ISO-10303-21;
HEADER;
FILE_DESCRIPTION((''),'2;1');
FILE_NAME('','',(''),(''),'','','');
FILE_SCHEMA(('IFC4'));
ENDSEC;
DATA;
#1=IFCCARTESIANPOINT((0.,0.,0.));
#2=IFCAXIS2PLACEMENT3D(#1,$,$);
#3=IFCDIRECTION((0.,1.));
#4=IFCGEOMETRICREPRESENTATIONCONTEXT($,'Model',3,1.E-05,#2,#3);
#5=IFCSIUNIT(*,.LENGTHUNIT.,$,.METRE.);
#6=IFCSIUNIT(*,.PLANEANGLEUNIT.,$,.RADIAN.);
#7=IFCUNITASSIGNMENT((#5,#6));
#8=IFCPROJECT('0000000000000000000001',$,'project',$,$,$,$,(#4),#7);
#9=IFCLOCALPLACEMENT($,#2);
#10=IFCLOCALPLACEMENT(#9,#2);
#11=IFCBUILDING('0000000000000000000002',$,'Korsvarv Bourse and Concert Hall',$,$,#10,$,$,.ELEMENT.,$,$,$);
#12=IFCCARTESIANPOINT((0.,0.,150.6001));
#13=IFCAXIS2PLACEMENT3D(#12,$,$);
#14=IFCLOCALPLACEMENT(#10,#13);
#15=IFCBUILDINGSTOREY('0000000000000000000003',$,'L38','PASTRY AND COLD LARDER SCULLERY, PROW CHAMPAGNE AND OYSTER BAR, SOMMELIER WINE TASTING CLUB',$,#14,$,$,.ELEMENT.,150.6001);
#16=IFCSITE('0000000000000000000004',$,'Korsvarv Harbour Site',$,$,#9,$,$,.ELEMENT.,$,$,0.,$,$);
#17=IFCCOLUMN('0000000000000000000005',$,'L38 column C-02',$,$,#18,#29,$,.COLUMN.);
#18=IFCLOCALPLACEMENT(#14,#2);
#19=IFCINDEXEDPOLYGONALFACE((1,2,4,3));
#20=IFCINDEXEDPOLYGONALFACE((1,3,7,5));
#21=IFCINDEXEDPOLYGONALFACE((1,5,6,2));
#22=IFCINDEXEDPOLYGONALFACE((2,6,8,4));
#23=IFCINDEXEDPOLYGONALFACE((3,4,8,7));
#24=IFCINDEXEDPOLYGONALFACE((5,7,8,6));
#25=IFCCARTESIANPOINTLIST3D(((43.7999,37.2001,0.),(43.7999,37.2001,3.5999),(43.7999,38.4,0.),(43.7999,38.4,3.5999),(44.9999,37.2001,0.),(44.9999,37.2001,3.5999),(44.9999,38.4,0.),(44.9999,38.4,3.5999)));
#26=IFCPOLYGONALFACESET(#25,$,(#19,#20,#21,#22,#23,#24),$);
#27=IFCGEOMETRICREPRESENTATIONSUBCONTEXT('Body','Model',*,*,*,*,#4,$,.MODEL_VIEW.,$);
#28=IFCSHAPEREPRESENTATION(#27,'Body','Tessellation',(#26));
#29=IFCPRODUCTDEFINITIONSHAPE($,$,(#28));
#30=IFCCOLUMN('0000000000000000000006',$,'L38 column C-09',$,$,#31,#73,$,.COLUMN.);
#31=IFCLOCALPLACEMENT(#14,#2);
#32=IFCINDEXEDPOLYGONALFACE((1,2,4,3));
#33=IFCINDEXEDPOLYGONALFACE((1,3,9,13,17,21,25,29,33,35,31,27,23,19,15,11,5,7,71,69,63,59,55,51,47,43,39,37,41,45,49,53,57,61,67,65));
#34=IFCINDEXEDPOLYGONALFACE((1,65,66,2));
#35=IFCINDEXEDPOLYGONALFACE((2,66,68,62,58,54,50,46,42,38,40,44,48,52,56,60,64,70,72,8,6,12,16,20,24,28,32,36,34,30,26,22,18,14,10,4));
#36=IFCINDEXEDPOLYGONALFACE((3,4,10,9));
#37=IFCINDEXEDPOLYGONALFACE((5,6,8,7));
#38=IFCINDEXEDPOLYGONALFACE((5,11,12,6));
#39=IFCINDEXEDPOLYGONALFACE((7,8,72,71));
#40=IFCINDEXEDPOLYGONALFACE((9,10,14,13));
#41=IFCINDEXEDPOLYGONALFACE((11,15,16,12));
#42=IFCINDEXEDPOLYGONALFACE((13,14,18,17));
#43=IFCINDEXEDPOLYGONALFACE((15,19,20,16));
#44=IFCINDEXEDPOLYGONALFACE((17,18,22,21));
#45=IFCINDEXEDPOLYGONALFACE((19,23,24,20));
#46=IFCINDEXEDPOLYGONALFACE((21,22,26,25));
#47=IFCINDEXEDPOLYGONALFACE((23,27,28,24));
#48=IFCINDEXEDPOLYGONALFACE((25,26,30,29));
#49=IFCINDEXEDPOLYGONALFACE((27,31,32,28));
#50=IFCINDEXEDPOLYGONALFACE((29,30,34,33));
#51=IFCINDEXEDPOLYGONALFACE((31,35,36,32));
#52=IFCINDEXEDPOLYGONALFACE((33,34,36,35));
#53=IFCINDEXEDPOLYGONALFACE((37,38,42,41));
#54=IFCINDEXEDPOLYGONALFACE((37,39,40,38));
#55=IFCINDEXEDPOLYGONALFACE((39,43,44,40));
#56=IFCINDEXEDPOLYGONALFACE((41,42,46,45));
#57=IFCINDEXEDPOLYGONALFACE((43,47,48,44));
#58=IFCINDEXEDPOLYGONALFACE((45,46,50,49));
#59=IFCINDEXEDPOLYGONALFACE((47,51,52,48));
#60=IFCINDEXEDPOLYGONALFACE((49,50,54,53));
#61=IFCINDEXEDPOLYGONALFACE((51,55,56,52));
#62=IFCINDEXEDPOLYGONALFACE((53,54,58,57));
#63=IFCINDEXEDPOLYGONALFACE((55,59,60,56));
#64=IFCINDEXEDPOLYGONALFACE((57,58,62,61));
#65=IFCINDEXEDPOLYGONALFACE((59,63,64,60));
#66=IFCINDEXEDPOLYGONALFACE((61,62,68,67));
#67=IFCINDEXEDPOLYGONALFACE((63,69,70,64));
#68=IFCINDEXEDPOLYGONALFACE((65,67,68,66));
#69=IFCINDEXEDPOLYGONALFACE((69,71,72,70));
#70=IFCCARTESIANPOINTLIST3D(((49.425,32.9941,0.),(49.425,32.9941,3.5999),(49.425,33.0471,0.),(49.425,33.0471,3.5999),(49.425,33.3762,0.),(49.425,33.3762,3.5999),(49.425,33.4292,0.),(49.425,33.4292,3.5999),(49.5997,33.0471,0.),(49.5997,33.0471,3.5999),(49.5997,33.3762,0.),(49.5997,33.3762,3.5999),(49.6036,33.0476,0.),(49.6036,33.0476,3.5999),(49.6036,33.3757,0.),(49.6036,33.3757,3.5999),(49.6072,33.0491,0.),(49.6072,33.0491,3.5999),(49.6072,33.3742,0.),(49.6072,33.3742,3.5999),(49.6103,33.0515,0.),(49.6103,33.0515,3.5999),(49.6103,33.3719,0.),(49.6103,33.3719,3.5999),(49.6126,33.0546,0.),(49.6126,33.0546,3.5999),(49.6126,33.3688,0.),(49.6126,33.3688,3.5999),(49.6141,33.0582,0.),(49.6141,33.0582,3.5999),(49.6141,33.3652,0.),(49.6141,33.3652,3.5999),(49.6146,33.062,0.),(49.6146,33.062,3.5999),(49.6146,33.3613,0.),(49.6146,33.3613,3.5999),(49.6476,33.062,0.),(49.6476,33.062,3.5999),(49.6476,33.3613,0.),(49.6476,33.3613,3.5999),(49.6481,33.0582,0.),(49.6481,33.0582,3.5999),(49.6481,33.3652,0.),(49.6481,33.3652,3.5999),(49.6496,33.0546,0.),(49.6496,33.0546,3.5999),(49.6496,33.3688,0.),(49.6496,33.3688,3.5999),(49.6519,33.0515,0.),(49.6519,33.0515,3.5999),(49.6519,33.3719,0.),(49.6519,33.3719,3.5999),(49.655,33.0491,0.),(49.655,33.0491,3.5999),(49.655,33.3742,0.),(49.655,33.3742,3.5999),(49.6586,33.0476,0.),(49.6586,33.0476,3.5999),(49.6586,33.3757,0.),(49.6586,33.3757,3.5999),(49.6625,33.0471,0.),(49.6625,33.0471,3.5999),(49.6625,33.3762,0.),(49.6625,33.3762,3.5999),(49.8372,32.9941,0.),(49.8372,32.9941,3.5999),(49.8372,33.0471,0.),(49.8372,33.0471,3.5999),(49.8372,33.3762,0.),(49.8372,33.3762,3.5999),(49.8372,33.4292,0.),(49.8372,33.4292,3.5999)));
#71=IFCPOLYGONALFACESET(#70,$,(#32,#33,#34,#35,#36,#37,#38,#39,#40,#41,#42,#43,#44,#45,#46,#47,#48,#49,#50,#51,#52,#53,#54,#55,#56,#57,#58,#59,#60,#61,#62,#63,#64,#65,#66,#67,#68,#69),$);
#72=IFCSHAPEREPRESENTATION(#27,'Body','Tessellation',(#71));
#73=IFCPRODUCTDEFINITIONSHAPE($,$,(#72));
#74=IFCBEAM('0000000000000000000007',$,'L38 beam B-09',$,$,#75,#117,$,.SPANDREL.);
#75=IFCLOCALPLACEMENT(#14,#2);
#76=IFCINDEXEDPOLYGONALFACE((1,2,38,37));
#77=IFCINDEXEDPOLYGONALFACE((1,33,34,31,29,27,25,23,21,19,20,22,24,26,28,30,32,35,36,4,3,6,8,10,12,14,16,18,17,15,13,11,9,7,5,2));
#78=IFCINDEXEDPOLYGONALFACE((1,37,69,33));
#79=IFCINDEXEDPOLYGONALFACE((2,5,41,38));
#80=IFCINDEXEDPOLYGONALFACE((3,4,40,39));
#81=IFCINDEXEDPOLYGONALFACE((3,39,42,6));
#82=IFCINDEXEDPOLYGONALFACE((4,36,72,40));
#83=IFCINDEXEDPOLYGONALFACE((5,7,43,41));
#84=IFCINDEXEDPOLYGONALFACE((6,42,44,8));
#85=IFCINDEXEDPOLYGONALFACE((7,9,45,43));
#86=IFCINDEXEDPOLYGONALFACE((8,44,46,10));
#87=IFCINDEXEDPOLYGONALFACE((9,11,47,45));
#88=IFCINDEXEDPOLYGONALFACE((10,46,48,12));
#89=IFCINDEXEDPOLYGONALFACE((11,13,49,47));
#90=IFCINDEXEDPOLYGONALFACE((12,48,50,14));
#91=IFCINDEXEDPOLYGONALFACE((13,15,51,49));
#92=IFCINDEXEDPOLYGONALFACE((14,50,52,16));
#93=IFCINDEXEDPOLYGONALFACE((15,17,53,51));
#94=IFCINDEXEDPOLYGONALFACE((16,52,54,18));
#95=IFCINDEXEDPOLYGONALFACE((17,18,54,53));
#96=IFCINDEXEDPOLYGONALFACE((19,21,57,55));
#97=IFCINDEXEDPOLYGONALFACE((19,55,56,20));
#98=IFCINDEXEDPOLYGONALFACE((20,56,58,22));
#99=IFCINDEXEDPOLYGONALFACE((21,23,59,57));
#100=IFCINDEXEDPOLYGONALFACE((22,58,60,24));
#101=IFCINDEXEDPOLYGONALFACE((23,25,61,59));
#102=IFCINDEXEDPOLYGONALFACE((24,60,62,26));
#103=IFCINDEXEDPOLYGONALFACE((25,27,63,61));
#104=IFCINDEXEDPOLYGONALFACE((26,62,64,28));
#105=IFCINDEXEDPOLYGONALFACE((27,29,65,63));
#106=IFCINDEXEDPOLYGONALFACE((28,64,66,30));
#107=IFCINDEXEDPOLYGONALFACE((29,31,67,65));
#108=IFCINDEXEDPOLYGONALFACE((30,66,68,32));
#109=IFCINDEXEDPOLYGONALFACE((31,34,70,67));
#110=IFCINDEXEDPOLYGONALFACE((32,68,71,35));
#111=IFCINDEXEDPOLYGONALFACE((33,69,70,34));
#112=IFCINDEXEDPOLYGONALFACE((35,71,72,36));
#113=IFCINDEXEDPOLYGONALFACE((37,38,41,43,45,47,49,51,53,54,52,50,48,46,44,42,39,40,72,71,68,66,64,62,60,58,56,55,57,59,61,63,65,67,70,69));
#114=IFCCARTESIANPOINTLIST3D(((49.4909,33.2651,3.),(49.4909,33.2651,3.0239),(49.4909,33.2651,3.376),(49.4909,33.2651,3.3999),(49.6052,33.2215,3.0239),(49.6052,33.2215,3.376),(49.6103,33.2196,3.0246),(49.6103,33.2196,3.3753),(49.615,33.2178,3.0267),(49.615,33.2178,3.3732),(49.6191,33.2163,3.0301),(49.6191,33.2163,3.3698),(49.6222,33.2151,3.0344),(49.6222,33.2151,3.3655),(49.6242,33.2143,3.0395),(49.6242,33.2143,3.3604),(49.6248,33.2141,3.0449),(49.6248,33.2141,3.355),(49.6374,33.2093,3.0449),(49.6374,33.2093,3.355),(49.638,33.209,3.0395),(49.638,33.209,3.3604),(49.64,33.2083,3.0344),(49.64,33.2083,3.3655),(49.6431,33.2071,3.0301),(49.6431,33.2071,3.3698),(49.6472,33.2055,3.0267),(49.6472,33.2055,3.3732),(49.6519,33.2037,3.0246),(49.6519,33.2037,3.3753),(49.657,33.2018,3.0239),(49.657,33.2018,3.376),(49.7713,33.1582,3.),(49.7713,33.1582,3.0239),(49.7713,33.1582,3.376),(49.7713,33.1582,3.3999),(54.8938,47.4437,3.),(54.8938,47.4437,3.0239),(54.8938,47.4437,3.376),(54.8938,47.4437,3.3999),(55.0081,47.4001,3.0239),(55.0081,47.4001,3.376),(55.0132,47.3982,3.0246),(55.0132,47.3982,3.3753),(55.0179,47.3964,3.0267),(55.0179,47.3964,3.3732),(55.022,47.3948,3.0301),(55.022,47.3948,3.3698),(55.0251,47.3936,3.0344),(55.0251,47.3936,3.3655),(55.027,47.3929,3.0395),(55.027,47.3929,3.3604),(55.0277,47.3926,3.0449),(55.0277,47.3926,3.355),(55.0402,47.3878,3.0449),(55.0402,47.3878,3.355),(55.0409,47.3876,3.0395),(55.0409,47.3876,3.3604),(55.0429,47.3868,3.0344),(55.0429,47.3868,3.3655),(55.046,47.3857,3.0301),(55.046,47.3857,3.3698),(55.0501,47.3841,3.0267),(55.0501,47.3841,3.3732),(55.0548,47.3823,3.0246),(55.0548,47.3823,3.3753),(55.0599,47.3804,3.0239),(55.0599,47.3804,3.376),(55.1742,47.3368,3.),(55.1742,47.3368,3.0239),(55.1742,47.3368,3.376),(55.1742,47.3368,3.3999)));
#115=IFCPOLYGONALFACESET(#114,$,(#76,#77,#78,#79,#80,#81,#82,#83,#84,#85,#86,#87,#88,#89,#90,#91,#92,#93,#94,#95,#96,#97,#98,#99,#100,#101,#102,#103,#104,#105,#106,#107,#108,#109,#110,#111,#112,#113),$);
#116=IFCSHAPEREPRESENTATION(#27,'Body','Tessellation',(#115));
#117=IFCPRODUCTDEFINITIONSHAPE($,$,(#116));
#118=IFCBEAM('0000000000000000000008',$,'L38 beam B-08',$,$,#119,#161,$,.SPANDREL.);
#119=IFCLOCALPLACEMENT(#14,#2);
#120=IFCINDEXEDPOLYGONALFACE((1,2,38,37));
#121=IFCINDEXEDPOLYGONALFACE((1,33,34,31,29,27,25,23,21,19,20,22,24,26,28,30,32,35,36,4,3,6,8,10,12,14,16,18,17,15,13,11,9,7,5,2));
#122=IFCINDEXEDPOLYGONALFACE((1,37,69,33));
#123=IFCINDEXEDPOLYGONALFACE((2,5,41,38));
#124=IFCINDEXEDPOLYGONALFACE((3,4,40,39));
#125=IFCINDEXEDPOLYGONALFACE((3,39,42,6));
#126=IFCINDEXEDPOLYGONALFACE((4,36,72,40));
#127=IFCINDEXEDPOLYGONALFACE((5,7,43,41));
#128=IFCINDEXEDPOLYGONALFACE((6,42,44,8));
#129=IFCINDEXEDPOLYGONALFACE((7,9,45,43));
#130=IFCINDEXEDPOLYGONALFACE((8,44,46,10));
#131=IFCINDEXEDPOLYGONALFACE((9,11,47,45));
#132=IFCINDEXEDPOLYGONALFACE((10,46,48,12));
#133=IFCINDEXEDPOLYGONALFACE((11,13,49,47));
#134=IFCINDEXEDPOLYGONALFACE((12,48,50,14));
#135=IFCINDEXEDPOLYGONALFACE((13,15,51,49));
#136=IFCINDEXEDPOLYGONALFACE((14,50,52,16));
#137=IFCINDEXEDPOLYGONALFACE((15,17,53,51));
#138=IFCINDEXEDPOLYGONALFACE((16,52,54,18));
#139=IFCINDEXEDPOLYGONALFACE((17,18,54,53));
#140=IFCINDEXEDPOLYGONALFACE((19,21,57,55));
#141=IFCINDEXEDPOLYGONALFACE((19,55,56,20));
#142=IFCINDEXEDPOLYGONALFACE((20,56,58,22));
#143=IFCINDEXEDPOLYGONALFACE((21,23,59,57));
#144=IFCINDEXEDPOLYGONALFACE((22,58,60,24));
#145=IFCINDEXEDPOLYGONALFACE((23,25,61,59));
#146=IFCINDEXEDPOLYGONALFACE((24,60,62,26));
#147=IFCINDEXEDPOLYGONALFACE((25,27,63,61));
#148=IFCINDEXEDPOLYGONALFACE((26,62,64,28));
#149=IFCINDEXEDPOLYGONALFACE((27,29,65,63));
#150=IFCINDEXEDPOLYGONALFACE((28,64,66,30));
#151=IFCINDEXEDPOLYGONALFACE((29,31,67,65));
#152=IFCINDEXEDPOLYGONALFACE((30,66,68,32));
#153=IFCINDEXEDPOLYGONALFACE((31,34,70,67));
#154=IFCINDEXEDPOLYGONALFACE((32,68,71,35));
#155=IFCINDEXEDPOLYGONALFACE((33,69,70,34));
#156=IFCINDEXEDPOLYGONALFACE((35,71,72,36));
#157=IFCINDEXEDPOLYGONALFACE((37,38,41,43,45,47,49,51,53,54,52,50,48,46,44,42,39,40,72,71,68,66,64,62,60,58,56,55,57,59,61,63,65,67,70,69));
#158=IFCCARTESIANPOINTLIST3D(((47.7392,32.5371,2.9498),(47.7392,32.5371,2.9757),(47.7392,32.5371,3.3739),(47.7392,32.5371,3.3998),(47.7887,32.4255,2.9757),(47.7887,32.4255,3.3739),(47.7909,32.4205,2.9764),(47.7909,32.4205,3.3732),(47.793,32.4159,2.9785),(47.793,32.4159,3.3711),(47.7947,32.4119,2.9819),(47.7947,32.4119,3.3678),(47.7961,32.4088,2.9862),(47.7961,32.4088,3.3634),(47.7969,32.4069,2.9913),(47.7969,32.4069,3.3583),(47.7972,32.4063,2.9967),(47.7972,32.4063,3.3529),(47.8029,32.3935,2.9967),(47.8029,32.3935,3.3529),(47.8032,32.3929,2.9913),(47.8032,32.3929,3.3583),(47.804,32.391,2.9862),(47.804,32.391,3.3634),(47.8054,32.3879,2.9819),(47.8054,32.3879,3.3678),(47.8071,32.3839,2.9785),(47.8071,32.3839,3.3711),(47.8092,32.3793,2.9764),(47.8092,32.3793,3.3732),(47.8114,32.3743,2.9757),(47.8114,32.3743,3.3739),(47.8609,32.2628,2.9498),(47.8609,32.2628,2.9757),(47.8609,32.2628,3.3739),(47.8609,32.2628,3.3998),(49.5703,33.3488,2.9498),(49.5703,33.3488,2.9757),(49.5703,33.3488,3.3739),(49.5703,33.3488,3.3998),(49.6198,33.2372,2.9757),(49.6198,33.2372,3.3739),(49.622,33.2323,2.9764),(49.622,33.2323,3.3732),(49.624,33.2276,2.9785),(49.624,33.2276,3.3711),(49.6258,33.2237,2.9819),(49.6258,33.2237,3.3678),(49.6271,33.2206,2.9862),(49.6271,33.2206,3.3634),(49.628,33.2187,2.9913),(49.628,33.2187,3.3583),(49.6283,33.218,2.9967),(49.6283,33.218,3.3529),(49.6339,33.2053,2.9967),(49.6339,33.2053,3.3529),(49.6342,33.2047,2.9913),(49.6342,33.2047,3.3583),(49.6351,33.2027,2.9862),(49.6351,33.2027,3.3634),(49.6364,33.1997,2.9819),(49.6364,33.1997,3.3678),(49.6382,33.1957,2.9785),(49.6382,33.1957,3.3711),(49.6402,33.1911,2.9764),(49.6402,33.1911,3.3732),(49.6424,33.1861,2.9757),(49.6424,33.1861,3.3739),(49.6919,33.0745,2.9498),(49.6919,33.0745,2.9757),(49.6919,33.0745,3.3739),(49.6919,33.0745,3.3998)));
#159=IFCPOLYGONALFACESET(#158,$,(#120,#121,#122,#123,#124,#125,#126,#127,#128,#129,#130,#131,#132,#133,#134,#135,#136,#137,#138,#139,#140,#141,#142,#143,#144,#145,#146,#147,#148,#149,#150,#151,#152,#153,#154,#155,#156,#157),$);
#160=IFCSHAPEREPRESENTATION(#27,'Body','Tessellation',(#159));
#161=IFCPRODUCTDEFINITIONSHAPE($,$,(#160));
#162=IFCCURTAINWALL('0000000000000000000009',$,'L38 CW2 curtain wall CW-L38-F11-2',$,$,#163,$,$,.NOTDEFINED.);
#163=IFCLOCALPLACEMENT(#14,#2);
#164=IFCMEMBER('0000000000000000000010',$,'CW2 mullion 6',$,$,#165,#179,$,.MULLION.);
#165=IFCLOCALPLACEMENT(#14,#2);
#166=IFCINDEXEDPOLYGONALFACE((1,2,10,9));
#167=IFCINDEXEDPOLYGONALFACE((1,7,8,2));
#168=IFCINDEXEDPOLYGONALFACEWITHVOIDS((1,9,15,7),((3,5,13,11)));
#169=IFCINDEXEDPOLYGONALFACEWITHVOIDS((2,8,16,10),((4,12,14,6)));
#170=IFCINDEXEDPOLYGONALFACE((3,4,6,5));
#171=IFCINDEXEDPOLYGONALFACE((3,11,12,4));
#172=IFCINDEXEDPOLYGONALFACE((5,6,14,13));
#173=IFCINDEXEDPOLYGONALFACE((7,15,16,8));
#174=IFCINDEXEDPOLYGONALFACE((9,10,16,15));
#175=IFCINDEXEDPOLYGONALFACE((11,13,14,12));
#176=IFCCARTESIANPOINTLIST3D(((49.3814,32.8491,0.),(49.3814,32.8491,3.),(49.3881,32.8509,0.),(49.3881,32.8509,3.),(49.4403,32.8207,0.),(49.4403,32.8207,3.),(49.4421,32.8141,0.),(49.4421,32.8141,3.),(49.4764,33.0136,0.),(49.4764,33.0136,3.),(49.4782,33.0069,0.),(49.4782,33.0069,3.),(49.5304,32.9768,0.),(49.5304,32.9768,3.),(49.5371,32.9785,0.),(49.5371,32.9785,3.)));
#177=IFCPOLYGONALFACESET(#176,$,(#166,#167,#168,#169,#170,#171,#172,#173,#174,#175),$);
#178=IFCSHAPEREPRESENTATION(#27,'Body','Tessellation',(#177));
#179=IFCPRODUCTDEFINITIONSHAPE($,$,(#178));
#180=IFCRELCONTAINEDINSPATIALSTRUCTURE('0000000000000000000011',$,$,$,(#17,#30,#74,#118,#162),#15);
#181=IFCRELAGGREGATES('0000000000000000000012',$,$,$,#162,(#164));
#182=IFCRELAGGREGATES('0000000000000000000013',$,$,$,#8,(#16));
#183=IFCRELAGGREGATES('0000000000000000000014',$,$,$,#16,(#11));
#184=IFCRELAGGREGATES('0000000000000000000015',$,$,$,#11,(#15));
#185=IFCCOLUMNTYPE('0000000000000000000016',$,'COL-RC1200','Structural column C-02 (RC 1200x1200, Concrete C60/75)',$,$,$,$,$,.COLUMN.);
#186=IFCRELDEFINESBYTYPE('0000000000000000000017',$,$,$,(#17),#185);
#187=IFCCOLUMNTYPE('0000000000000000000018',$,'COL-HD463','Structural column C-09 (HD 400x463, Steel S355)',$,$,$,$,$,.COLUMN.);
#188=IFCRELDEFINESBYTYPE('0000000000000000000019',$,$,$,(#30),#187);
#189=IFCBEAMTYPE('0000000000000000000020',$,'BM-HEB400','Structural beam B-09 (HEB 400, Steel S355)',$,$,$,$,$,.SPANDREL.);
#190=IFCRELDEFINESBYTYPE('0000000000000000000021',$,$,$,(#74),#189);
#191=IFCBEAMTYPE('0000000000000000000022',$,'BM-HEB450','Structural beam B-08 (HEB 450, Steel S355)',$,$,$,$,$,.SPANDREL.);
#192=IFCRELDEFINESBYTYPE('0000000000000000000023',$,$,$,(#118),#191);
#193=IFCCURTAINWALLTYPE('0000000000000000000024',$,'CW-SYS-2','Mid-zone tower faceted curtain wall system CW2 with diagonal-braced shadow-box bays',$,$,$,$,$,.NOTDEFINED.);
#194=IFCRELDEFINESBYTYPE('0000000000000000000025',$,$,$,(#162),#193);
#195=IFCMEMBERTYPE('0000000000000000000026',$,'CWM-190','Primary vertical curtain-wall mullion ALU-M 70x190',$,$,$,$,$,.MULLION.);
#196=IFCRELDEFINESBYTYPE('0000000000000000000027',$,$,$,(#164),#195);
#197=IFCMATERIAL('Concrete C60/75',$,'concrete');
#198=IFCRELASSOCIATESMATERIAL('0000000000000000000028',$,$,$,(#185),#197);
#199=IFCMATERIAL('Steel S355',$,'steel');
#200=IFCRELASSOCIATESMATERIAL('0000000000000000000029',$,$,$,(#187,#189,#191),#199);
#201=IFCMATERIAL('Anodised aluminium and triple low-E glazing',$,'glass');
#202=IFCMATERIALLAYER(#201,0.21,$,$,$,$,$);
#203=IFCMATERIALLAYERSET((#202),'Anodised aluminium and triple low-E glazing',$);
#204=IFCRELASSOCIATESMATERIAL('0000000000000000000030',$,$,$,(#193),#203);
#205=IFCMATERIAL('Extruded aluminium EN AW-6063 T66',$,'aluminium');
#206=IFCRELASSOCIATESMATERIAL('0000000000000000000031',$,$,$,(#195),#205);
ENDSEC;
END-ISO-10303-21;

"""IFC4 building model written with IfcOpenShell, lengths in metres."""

from ifc_helpers import new_model, si_unit, direction, frame, origin, origin_2d, place, context, subcontext, project, spatial, rectangle, hollow_rectangle, i_section, extrude, source, transform, mapped, material, layer, layer_set, material_profile, profile_set, type_object, element, aggregate, save


model = new_model("IFC4")

# Units and contexts
model_context = context("Model", 3, precision=1e-05, world=origin(), true_north=direction((0.0, 1.0)))
body_context = subcontext(model_context, "Body", "Model", "MODEL_VIEW")
ifc_project = project(units=[si_unit("LENGTHUNIT", "METRE"), si_unit("PLANEANGLEUNIT", "RADIAN")], contexts=[model_context])

# Site, building, storey
site_placement = place(None, origin())
site = spatial("IfcSite", under=ifc_project, at=site_placement, Name="Korsvarv Harbour Site", CompositionType="ELEMENT", RefElevation=0.0)
building_placement = place(site_placement, origin())
building = spatial("IfcBuilding", under=site, at=building_placement, Name="Korsvarv Bourse and Concert Hall", CompositionType="ELEMENT")
storey_placement = place(building_placement, frame((0.0, 0.0, 150.6001)))
storey = spatial("IfcBuildingStorey", under=building, at=storey_placement, Name="L38", Description="PASTRY AND COLD LARDER SCULLERY, PROW CHAMPAGNE AND OYSTER BAR, SOMMELIER WINE TASTING CLUB", CompositionType="ELEMENT", Elevation=150.6001)

# Columns
ifc_material_1 = material(Name="Concrete C60/75", Category="concrete")
ifc_material_profile_1 = material_profile(ifc_material_1, rectangle(XDim=1.2, YDim=1.2, at=origin_2d()), Name="RC 1200x1200")
ifc_profile_set_1 = profile_set([ifc_material_profile_1], Name="Concrete C60/75")
column_type_1 = type_object("IfcColumnType", Name="COL-RC1200", Description="Structural column C-02 (RC 1200x1200, Concrete C60/75)", PredefinedType="COLUMN", material=ifc_profile_set_1)
shared_shape_1 = source(origin(), body_context, "Body", "SweptSolid", [
    extrude(rectangle(XDim=1.2, YDim=1.2, at=origin_2d()), origin(), (0.0, 0.0, 1.0), 3.5999),
])
column_1_placement = place(storey_placement, frame((44.3999, 37.8, 0.0), z_axis=(0.0, 0.0, 1.0), x_axis=(1.0, 0.0, 0.0)))
element("IfcColumn", 1, at=column_1_placement, inside=storey, type_object=column_type_1, Name="L38 column C-02", PredefinedType="COLUMN", context=body_context, shape_type="MappedRepresentation", body=[
    mapped(shared_shape_1, transform((0.0, 0.0, 0.0), scale=1.0)),
])
ifc_material_2 = material(Name="Steel S355", Category="steel")
ifc_material_profile_2 = material_profile(ifc_material_2, i_section(OverallWidth=0.4121, OverallDepth=0.4351, WebThickness=0.033, FlangeThickness=0.053, FilletRadius=0.0149, at=origin_2d()), Name="HD 400x463")
ifc_profile_set_2 = profile_set([ifc_material_profile_2], Name="Steel S355")
column_type_2 = type_object("IfcColumnType", Name="COL-HD463", Description="Structural column C-09 (HD 400x463, Steel S355)", PredefinedType="COLUMN", material=ifc_profile_set_2)
shared_shape_2 = source(origin(), body_context, "Body", "SweptSolid", [
    extrude(i_section(OverallWidth=0.4121, OverallDepth=0.4351, WebThickness=0.033, FlangeThickness=0.053, FilletRadius=0.0149, at=origin_2d()), origin(), (0.0, 0.0, 1.0), 3.5999),
])
column_2_placement = place(storey_placement, frame((49.6311, 33.2117, 0.0), z_axis=(0.0, 0.0, 1.0), x_axis=(1.0, 0.0, 0.0)))
element("IfcColumn", 2, at=column_2_placement, inside=storey, type_object=column_type_2, Name="L38 column C-09", PredefinedType="COLUMN", context=body_context, shape_type="MappedRepresentation", body=[
    mapped(shared_shape_2, transform((0.0, 0.0, 0.0), scale=1.0)),
])

# Beams
ifc_material_profile_3 = material_profile(ifc_material_2, i_section(OverallWidth=0.3, OverallDepth=0.3999, WebThickness=0.0134, FlangeThickness=0.0239, FilletRadius=0.021, at=origin_2d()), Name="HEB 400")
ifc_profile_set_3 = profile_set([ifc_material_profile_3], Name="Steel S355")
beam_type_1 = type_object("IfcBeamType", Name="BM-HEB400", Description="Structural beam B-09 (HEB 400, Steel S355)", PredefinedType="SPANDREL", material=ifc_profile_set_3)
shared_shape_3 = source(origin(), body_context, "Body", "SweptSolid", [
    extrude(i_section(OverallWidth=0.3, OverallDepth=0.3999, WebThickness=0.0134, FlangeThickness=0.0239, FilletRadius=0.021, at=origin_2d()), origin(), (0.0, 0.0, 1.0), 15.1731),
])
beam_1_placement = place(storey_placement, frame((49.6311, 33.2117, 3.2), z_axis=(0.356082, 0.934455, 0.0), x_axis=(-0.934455, 0.356082, 0.0)))
element("IfcBeam", 3, at=beam_1_placement, inside=storey, type_object=beam_type_1, Name="L38 beam B-09", PredefinedType="SPANDREL", context=body_context, shape_type="MappedRepresentation", body=[
    mapped(shared_shape_3, transform((0.0, 0.0, 0.0), scale=1.0)),
])
ifc_material_profile_4 = material_profile(ifc_material_2, i_section(OverallWidth=0.3, OverallDepth=0.45, WebThickness=0.0139, FlangeThickness=0.0259, FilletRadius=0.021, at=origin_2d()), Name="HEB 450")
ifc_profile_set_4 = profile_set([ifc_material_profile_4], Name="Steel S355")
beam_type_2 = type_object("IfcBeamType", Name="BM-HEB450", Description="Structural beam B-08 (HEB 450, Steel S355)", PredefinedType="SPANDREL", material=ifc_profile_set_4)
shared_shape_4 = source(origin(), body_context, "Body", "SweptSolid", [
    extrude(i_section(OverallWidth=0.3, OverallDepth=0.45, WebThickness=0.0139, FlangeThickness=0.0259, FilletRadius=0.021, at=origin_2d()), origin(), (0.0, 0.0, 1.0), 2.0029),
])
beam_2_placement = place(storey_placement, frame((49.6311, 33.2117, 3.1748), z_axis=(-0.914188, -0.40529, 0.0), x_axis=(0.40529, -0.914188, 0.0)))
element("IfcBeam", 4, at=beam_2_placement, inside=storey, type_object=beam_type_2, Name="L38 beam B-08", PredefinedType="SPANDREL", context=body_context, shape_type="MappedRepresentation", body=[
    mapped(shared_shape_4, transform((0.0, 0.0, 0.0), scale=1.0)),
])

# Curtain wall, member
ifc_material_3 = material(Name="Anodised aluminium and triple low-E glazing", Category="glass")
ifc_layer_1 = layer(ifc_material_3, 0.21)
ifc_layer_set_1 = layer_set([ifc_layer_1], Name="Anodised aluminium and triple low-E glazing")
curtain_wall_type = type_object("IfcCurtainWallType", Name="CW-SYS-2", Description="Mid-zone tower faceted curtain wall system CW2 with diagonal-braced shadow-box bays", PredefinedType="NOTDEFINED", material=ifc_layer_set_1)
curtain_wall_placement = place(storey_placement, origin())
curtain_wall = element("IfcCurtainWall", 5, at=curtain_wall_placement, inside=storey, type_object=curtain_wall_type, Name="L38 CW2 curtain wall CW-L38-F11-2", PredefinedType="NOTDEFINED")
ifc_material_4 = material(Name="Extruded aluminium EN AW-6063 T66", Category="aluminium")
ifc_material_profile_5 = material_profile(ifc_material_4, hollow_rectangle(XDim=0.0701, YDim=0.1899, WallThickness=0.0049, at=origin_2d()), Name="ALU-M 70x190")
ifc_profile_set_5 = profile_set([ifc_material_profile_5], Name="Extruded aluminium EN AW-6063 T66")
member_type = type_object("IfcMemberType", Name="CWM-190", Description="Primary vertical curtain-wall mullion ALU-M 70x190", PredefinedType="MULLION", material=ifc_profile_set_5)
shared_shape_5 = source(origin(), body_context, "Body", "SweptSolid", [
    extrude(hollow_rectangle(XDim=0.0701, YDim=0.1899, WallThickness=0.0049, at=origin_2d()), origin(), (0.0, 0.0, 1.0), 3.0),
])
member_placement = place(storey_placement, frame((49.4592, 32.9138, 0.0), z_axis=(0.0, 0.0, 1.0), x_axis=(-0.866023, 0.500005, 0.0)))
member = element("IfcMember", 6, at=member_placement, type_object=member_type, Name="CW2 mullion 6", PredefinedType="MULLION", context=body_context, shape_type="MappedRepresentation", body=[
    mapped(shared_shape_5, transform((0.0, 0.0, 0.0), scale=1.0)),
])
aggregate(curtain_wall, [member])

save(model, "model.ifc")
